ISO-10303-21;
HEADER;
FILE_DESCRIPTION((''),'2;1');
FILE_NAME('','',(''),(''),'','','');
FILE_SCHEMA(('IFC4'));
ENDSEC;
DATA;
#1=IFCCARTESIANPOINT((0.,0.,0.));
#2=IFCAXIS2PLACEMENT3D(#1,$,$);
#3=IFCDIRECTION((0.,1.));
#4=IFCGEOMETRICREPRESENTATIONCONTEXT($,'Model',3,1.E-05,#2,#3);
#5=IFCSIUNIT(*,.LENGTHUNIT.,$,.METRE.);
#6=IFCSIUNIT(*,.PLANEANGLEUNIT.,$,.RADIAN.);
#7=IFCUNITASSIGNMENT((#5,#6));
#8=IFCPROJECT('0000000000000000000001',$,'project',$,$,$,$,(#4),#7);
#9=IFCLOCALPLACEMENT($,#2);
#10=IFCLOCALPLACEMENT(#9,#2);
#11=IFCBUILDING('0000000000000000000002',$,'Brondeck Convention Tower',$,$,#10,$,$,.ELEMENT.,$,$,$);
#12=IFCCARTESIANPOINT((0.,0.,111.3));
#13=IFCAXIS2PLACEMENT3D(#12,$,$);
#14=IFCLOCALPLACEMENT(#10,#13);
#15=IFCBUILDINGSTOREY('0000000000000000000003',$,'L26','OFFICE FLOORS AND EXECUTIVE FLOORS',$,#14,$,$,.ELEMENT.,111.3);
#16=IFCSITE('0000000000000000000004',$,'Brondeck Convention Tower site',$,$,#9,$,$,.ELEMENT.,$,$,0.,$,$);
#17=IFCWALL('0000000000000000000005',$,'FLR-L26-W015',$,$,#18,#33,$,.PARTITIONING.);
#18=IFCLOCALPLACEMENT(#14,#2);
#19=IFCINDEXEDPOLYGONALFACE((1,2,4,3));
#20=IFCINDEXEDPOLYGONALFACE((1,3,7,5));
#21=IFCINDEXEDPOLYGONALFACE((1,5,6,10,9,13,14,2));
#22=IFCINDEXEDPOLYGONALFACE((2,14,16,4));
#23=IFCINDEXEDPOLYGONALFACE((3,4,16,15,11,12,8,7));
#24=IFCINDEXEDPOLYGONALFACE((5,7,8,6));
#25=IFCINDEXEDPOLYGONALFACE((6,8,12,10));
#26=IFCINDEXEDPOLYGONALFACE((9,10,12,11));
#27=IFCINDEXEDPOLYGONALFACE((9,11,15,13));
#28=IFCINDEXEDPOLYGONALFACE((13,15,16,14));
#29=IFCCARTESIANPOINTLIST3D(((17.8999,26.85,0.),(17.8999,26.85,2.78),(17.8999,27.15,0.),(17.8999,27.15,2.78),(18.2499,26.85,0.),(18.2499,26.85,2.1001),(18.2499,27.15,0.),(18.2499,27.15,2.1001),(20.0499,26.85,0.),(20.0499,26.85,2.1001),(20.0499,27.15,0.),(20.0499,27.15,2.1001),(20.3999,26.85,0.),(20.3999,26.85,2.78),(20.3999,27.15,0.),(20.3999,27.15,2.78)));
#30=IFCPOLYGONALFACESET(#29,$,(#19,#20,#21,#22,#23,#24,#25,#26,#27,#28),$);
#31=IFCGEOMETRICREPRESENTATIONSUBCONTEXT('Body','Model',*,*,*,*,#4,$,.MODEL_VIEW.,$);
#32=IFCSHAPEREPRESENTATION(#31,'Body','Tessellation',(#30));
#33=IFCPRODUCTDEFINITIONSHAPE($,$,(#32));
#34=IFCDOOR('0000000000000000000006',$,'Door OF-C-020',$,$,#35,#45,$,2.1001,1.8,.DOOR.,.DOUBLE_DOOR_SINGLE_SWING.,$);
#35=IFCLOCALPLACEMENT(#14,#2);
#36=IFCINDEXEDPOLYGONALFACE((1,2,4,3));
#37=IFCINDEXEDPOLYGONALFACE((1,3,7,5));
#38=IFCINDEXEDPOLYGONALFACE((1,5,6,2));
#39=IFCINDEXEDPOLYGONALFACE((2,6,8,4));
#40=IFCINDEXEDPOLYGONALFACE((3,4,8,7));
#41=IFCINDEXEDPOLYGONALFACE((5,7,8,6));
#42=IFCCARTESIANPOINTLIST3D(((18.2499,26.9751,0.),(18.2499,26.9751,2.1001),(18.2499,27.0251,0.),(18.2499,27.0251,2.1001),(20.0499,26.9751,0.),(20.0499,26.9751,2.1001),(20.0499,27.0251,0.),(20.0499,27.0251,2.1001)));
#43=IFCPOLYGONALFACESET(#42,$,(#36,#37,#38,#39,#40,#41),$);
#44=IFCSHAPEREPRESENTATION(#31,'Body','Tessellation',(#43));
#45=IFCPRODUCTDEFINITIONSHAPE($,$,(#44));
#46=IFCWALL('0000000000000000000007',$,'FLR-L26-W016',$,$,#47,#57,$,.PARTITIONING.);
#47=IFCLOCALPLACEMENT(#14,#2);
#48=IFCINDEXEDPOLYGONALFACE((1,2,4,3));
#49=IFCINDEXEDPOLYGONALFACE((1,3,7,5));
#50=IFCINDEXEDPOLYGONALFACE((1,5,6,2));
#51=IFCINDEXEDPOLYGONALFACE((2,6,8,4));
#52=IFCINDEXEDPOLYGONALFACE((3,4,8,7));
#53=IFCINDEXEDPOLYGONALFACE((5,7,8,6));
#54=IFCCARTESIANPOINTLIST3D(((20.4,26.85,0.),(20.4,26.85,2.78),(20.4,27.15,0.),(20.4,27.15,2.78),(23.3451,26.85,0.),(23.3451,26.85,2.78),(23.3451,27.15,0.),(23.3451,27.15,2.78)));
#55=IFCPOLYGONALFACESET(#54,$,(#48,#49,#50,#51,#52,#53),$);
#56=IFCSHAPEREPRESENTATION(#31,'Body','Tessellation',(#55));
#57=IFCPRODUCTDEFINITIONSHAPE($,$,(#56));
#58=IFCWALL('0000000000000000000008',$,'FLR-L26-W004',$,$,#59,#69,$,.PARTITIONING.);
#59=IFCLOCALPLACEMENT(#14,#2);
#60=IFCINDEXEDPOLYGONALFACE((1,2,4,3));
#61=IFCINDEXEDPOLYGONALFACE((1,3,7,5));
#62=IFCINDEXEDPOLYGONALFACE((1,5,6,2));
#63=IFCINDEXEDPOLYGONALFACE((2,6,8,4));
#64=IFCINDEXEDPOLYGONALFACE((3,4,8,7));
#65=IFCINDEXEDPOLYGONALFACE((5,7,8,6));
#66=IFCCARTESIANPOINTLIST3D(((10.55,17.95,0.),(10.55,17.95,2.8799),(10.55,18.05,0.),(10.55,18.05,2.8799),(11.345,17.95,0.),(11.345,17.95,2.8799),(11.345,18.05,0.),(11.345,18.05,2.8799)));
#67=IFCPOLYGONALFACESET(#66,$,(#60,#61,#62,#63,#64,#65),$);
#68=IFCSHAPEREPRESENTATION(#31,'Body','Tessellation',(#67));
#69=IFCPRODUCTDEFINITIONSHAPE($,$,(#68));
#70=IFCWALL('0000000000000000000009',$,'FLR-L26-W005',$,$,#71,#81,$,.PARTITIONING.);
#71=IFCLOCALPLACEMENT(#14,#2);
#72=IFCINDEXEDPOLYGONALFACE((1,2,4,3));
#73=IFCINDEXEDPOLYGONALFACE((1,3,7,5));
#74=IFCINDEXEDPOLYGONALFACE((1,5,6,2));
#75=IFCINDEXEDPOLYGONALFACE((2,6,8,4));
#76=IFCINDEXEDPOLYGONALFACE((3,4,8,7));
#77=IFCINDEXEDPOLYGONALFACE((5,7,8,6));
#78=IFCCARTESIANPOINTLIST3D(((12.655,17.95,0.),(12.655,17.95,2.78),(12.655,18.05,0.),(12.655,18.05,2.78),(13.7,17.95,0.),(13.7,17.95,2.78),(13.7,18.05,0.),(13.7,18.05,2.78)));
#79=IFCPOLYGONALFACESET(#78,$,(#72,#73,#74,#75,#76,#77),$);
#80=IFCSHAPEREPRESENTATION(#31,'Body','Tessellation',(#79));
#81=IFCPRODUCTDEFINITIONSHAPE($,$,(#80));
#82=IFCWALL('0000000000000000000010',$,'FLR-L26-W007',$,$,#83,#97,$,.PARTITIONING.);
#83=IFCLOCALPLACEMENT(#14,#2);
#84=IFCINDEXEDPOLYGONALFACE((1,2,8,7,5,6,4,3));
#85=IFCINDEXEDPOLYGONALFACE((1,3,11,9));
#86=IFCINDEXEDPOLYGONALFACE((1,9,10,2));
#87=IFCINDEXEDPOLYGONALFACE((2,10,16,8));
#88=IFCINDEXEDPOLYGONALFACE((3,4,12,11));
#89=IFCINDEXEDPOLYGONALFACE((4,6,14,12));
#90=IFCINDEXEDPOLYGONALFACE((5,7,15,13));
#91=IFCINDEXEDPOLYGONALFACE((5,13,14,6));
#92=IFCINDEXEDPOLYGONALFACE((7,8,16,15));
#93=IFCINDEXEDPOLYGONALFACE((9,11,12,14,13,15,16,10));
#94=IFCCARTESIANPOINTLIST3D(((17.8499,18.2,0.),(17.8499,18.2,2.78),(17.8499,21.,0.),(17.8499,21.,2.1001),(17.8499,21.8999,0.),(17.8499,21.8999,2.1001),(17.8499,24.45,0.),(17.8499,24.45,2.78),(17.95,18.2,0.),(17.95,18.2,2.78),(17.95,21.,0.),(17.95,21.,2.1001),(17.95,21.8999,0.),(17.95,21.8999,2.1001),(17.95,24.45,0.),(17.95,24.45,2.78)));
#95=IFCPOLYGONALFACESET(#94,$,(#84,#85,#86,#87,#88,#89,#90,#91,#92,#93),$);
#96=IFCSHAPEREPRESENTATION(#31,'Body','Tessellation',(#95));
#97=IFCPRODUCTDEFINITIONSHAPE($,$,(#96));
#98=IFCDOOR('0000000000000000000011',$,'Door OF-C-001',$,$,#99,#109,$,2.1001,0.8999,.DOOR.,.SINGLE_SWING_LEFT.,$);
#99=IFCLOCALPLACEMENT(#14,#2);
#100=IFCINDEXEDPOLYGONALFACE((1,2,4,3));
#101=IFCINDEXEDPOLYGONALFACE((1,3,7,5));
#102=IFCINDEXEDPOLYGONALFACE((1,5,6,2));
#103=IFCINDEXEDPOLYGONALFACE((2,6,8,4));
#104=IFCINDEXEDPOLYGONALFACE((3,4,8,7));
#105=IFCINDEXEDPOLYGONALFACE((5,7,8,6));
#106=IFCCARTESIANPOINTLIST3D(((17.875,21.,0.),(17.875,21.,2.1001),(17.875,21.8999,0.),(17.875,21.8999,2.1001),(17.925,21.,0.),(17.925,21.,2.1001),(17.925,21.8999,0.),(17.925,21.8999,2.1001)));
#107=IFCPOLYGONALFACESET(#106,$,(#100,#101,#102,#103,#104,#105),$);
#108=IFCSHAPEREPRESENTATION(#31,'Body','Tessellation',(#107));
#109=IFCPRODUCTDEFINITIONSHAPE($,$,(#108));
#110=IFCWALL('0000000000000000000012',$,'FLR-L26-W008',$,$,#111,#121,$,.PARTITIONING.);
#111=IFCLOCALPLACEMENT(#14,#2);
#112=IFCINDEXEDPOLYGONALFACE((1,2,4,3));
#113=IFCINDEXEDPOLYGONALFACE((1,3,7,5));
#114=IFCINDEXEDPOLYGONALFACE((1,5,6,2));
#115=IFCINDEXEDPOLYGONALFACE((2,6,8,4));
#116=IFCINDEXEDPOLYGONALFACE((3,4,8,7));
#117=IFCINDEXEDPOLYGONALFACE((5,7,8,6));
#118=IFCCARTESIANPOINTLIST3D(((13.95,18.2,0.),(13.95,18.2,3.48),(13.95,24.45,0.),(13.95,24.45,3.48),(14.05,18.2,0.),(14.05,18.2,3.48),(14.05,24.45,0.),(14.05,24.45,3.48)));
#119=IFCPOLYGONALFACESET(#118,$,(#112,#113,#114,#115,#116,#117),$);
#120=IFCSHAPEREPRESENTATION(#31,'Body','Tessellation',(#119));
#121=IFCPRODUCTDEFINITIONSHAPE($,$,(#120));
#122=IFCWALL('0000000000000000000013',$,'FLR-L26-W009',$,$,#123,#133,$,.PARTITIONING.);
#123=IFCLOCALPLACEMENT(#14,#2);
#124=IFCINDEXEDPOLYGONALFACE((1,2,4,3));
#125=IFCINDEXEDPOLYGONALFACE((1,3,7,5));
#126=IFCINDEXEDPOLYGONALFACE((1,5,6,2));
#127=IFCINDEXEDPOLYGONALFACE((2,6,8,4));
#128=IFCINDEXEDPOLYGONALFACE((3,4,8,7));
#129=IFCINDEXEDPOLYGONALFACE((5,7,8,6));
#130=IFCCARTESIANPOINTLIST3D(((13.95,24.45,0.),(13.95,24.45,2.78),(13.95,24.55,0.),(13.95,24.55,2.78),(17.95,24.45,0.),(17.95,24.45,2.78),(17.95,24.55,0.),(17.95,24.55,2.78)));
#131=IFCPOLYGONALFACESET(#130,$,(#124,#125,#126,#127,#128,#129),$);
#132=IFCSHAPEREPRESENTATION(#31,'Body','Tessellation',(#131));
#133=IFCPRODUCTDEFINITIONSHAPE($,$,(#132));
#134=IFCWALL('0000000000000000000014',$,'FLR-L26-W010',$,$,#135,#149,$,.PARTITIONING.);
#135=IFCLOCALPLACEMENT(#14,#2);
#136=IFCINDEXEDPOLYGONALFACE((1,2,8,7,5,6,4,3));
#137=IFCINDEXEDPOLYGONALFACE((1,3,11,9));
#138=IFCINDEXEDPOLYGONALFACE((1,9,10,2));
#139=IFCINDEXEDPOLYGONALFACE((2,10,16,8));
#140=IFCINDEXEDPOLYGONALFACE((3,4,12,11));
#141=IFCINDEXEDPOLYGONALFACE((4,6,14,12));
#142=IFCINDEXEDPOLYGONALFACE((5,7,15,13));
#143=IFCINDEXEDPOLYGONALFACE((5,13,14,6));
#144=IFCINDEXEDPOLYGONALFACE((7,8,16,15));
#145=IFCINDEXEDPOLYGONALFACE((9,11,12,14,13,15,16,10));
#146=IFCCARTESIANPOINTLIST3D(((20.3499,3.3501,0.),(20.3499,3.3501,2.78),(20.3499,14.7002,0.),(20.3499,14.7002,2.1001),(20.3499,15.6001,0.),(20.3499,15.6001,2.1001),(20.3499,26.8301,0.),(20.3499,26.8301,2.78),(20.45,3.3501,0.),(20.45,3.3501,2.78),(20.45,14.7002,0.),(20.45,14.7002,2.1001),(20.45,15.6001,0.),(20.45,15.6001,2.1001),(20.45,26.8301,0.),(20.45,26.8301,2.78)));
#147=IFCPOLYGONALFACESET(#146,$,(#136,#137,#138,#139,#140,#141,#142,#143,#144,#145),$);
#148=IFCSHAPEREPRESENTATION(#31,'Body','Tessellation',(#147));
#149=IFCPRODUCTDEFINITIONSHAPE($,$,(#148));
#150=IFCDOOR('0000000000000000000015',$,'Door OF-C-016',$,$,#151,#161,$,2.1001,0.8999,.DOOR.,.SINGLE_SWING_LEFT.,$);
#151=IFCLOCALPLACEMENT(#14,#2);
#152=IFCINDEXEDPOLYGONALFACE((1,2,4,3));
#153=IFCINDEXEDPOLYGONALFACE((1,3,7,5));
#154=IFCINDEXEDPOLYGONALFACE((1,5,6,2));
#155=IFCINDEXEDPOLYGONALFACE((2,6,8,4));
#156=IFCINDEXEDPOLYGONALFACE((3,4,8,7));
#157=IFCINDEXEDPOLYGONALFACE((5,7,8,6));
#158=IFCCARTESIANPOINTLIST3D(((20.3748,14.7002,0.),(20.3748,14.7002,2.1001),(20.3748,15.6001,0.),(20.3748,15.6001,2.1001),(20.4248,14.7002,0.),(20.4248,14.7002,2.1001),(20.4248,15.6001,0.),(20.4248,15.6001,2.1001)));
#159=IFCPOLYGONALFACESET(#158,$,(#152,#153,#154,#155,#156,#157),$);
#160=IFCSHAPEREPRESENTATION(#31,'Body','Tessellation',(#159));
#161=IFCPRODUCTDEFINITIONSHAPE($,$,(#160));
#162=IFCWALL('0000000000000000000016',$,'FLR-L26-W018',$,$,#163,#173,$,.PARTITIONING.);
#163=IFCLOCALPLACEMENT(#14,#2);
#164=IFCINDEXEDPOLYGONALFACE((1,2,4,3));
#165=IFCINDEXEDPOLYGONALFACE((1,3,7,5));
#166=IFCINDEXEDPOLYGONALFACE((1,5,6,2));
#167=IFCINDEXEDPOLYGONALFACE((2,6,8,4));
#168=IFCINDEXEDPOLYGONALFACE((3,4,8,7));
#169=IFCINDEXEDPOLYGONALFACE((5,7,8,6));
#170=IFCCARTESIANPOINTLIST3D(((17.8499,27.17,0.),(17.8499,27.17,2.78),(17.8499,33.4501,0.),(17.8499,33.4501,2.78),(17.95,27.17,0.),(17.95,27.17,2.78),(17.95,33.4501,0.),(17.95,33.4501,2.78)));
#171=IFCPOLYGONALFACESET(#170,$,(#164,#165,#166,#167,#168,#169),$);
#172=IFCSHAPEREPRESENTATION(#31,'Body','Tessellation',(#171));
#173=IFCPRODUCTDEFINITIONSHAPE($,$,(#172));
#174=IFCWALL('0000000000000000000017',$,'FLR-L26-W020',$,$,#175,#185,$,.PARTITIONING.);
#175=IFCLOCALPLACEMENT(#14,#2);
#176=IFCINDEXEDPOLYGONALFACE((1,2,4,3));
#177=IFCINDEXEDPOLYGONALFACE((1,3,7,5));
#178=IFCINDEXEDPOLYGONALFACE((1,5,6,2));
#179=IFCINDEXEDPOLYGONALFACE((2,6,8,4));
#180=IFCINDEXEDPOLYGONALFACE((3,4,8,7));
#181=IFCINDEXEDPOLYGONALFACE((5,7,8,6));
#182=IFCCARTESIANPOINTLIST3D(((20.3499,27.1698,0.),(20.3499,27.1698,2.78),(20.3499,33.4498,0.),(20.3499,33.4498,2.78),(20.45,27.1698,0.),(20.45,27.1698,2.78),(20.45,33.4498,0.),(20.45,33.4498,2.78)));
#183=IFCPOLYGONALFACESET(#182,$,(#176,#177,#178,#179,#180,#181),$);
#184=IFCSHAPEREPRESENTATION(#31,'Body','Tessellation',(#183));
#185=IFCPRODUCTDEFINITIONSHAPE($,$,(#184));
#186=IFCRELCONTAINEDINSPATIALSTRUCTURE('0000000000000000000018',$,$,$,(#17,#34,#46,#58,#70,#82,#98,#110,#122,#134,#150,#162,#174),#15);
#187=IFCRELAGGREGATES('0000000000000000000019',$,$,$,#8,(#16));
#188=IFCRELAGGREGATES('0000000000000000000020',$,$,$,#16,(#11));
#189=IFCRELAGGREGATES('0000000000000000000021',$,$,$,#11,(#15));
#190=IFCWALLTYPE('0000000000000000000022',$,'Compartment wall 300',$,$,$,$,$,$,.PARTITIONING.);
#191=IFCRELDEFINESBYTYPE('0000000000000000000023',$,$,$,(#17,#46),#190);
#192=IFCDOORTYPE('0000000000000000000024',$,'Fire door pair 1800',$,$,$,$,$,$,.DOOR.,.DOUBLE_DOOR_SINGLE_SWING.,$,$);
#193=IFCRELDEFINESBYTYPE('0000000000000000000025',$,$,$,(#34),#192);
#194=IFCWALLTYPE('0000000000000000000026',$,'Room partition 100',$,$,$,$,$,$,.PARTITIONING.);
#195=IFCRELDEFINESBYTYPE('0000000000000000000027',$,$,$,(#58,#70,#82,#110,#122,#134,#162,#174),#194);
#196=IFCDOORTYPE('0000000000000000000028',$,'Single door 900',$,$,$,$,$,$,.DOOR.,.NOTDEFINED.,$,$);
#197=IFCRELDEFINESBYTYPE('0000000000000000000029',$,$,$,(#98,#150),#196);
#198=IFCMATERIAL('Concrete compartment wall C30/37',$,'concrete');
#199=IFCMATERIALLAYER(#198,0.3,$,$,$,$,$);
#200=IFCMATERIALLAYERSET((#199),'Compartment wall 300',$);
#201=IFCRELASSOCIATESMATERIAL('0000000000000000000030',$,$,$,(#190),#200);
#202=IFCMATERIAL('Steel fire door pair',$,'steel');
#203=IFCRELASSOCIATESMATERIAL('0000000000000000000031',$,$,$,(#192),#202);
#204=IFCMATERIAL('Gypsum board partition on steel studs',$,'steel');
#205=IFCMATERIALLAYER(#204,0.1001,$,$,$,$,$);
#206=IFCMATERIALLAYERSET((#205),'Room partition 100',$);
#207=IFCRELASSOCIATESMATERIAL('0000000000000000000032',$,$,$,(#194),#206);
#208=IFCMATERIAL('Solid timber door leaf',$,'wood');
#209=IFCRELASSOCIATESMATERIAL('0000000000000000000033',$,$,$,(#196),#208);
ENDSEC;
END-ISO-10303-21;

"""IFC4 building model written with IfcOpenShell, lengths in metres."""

from ifc_helpers import new_model, si_unit, direction, frame, frame_2d, origin, place, context, subcontext, project, spatial, rectangle, extrude, material, layer, layer_set, type_object, element, fill, save


model = new_model("IFC4")

# Units and contexts
model_context = context("Model", 3, precision=1e-05, world=origin(), true_north=direction((0.0, 1.0)))
body_context = subcontext(model_context, "Body", "Model", "MODEL_VIEW")
ifc_project = project(units=[si_unit("LENGTHUNIT", "METRE"), si_unit("PLANEANGLEUNIT", "RADIAN")], contexts=[model_context])

# Site, building, storey
site_placement = place(None, origin())
site = spatial("IfcSite", under=ifc_project, at=site_placement, Name="Brondeck Convention Tower site", CompositionType="ELEMENT", RefElevation=0.0)
building_placement = place(site_placement, origin())
building = spatial("IfcBuilding", under=site, at=building_placement, Name="Brondeck Convention Tower", CompositionType="ELEMENT")
storey_placement = place(building_placement, frame((0.0, 0.0, 111.3)))
storey = spatial("IfcBuildingStorey", under=building, at=storey_placement, Name="L26", Description="OFFICE FLOORS AND EXECUTIVE FLOORS", CompositionType="ELEMENT", Elevation=111.3)

# Shared definitions
ifc_material_1 = material(Name="Concrete compartment wall C30/37", Category="concrete")
ifc_layer_1 = layer(ifc_material_1, 0.3)
ifc_layer_set_1 = layer_set([ifc_layer_1], Name="Compartment wall 300")
wall_type_1 = type_object("IfcWallType", Name="Compartment wall 300", PredefinedType="PARTITIONING", material=ifc_layer_set_1)

# Wall, opening, door
wall_1_placement = place(storey_placement, frame((20.3999, 27.0, 0.0), z_axis=(0.0, 0.0, 1.0), x_axis=(-1.0, 0.0, 0.0)))
wall_1 = element("IfcWall", 1, at=wall_1_placement, inside=storey, type_object=wall_type_1, Name="FLR-L26-W015", PredefinedType="PARTITIONING", context=body_context, shape_type="SweptSolid", body=[
    extrude(rectangle(XDim=2.5, YDim=0.3, at=frame_2d((1.25, 0.0))), origin(), (0.0, 0.0, 1.0), 2.78),
])
opening_1_placement = place(wall_1_placement, frame((0.3501, 0.0, 0.0)))
opening_1 = element("IfcOpeningElement", 2, at=opening_1_placement, cuts=wall_1, PredefinedType="OPENING", context=body_context, shape_type="SweptSolid", body=[
    extrude(rectangle(XDim=1.8, YDim=2.1001, at=frame_2d((0.8999, 1.05))), frame((0.0, 0.1599, 0.0), z_axis=(0.0, -1.0, 0.0), x_axis=(1.0, 0.0, 0.0)), (0.0, 0.0, 1.0), 0.3201),
])
ifc_material_2 = material(Name="Steel fire door pair", Category="steel")
door_type_1 = type_object("IfcDoorType", Name="Fire door pair 1800", OperationType="DOUBLE_DOOR_SINGLE_SWING", PredefinedType="DOOR", material=ifc_material_2)
door_1_placement = place(opening_1_placement, origin())
door_1 = element("IfcDoor", 3, at=door_1_placement, inside=storey, type_object=door_type_1, Name="Door OF-C-020", OperationType="DOUBLE_DOOR_SINGLE_SWING", OverallHeight=2.1001, OverallWidth=1.8, PredefinedType="DOOR", context=body_context, shape_type="SweptSolid", body=[
    extrude(rectangle(XDim=1.8, YDim=2.1001, at=frame_2d((0.8999, 1.05))), frame((0.0, 0.0249, 0.0), z_axis=(0.0, -1.0, 0.0), x_axis=(1.0, 0.0, 0.0)), (0.0, 0.0, 1.0), 0.05),
])
fill(opening_1, door_1)

# Walls
wall_2_placement = place(storey_placement, frame((20.3999, 27.0, 0.0), z_axis=(0.0, 0.0, 1.0), x_axis=(1.0, 0.0, 0.0)))
element("IfcWall", 4, at=wall_2_placement, inside=storey, type_object=wall_type_1, Name="FLR-L26-W016", PredefinedType="PARTITIONING", context=body_context, shape_type="SweptSolid", body=[
    extrude(rectangle(XDim=2.9451, YDim=0.3, at=frame_2d((1.4727, 0.0))), origin(), (0.0, 0.0, 1.0), 2.78),
])
ifc_material_3 = material(Name="Gypsum board partition on steel studs", Category="steel")
ifc_layer_2 = layer(ifc_material_3, 0.1001)
ifc_layer_set_2 = layer_set([ifc_layer_2], Name="Room partition 100")
wall_type_2 = type_object("IfcWallType", Name="Room partition 100", PredefinedType="PARTITIONING", material=ifc_layer_set_2)
wall_3_placement = place(storey_placement, frame((11.345, 18.0, 0.0), z_axis=(0.0, 0.0, 1.0), x_axis=(-1.0, 0.0, 0.0)))
element("IfcWall", 5, at=wall_3_placement, inside=storey, type_object=wall_type_2, Name="FLR-L26-W004", PredefinedType="PARTITIONING", context=body_context, shape_type="SweptSolid", body=[
    extrude(rectangle(XDim=0.7949, YDim=0.1001, at=frame_2d((0.3975, 0.0))), origin(), (0.0, 0.0, 1.0), 2.8799),
])
wall_4_placement = place(storey_placement, frame((13.7, 18.0, 0.0), z_axis=(0.0, 0.0, 1.0), x_axis=(-1.0, 0.0, 0.0)))
element("IfcWall", 6, at=wall_4_placement, inside=storey, type_object=wall_type_2, Name="FLR-L26-W005", PredefinedType="PARTITIONING", context=body_context, shape_type="SweptSolid", body=[
    extrude(rectangle(XDim=1.0449, YDim=0.1001, at=frame_2d((0.5225, 0.0))), origin(), (0.0, 0.0, 1.0), 2.78),
])

# Wall, opening, door
wall_5_placement = place(storey_placement, frame((17.8999, 18.2, 0.0), z_axis=(0.0, 0.0, 1.0), x_axis=(0.0, 1.0, 0.0)))
wall_5 = element("IfcWall", 7, at=wall_5_placement, inside=storey, type_object=wall_type_2, Name="FLR-L26-W007", PredefinedType="PARTITIONING", context=body_context, shape_type="SweptSolid", body=[
    extrude(rectangle(XDim=6.25, YDim=0.1001, at=frame_2d((3.125, 0.0))), origin(), (0.0, 0.0, 1.0), 2.78),
])
opening_2_placement = place(wall_5_placement, frame((2.8, 0.0, 0.0)))
opening_2 = element("IfcOpeningElement", 8, at=opening_2_placement, cuts=wall_5, PredefinedType="OPENING", context=body_context, shape_type="SweptSolid", body=[
    extrude(rectangle(XDim=0.8999, YDim=2.1001, at=frame_2d((0.45, 1.05))), frame((0.0, 0.0601, 0.0), z_axis=(0.0, -1.0, 0.0), x_axis=(1.0, 0.0, 0.0)), (0.0, 0.0, 1.0), 0.1201),
])
ifc_material_4 = material(Name="Solid timber door leaf", Category="wood")
door_type_2 = type_object("IfcDoorType", Name="Single door 900", OperationType="NOTDEFINED", PredefinedType="DOOR", material=ifc_material_4)
door_2_placement = place(opening_2_placement, origin())
door_2 = element("IfcDoor", 9, at=door_2_placement, inside=storey, type_object=door_type_2, Name="Door OF-C-001", OperationType="SINGLE_SWING_LEFT", OverallHeight=2.1001, OverallWidth=0.8999, PredefinedType="DOOR", context=body_context, shape_type="SweptSolid", body=[
    extrude(rectangle(XDim=0.8999, YDim=2.1001, at=frame_2d((0.45, 1.05))), frame((0.0, 0.0249, 0.0), z_axis=(0.0, -1.0, 0.0), x_axis=(1.0, 0.0, 0.0)), (0.0, 0.0, 1.0), 0.05),
])
fill(opening_2, door_2)

# Walls
wall_6_placement = place(storey_placement, frame((14.0, 24.45, 0.0), z_axis=(0.0, 0.0, 1.0), x_axis=(0.0, -1.0, 0.0)))
element("IfcWall", 10, at=wall_6_placement, inside=storey, type_object=wall_type_2, Name="FLR-L26-W008", PredefinedType="PARTITIONING", context=body_context, shape_type="SweptSolid", body=[
    extrude(rectangle(XDim=6.25, YDim=0.1001, at=frame_2d((3.125, 0.0))), origin(), (0.0, 0.0, 1.0), 3.48),
])
wall_7_placement = place(storey_placement, frame((17.95, 24.5, 0.0), z_axis=(0.0, 0.0, 1.0), x_axis=(-1.0, 0.0, 0.0)))
element("IfcWall", 11, at=wall_7_placement, inside=storey, type_object=wall_type_2, Name="FLR-L26-W009", PredefinedType="PARTITIONING", context=body_context, shape_type="SweptSolid", body=[
    extrude(rectangle(XDim=4.0, YDim=0.1001, at=frame_2d((2.0, 0.0))), origin(), (0.0, 0.0, 1.0), 2.78),
])

# Wall, opening, door
wall_8_placement = place(storey_placement, frame((20.3999, 26.8301, 0.0), z_axis=(0.0, 0.0, 1.0), x_axis=(0.0, -1.0, 0.0)))
wall_8 = element("IfcWall", 12, at=wall_8_placement, inside=storey, type_object=wall_type_2, Name="FLR-L26-W010", PredefinedType="PARTITIONING", context=body_context, shape_type="SweptSolid", body=[
    extrude(rectangle(XDim=23.48, YDim=0.1001, at=frame_2d((11.74, 0.0))), origin(), (0.0, 0.0, 1.0), 2.78),
])
opening_3_placement = place(wall_8_placement, frame((11.23, 0.0, 0.0)))
opening_3 = element("IfcOpeningElement", 13, at=opening_3_placement, cuts=wall_8, PredefinedType="OPENING", context=body_context, shape_type="SweptSolid", body=[
    extrude(rectangle(XDim=0.8999, YDim=2.1001, at=frame_2d((0.45, 1.05))), frame((0.0, 0.0601, 0.0), z_axis=(0.0, -1.0, 0.0), x_axis=(1.0, 0.0, 0.0)), (0.0, 0.0, 1.0), 0.1201),
])
door_3_placement = place(opening_3_placement, origin())
door_3 = element("IfcDoor", 14, at=door_3_placement, inside=storey, type_object=door_type_2, Name="Door OF-C-016", OperationType="SINGLE_SWING_LEFT", OverallHeight=2.1001, OverallWidth=0.8999, PredefinedType="DOOR", context=body_context, shape_type="SweptSolid", body=[
    extrude(rectangle(XDim=0.8999, YDim=2.1001, at=frame_2d((0.45, 1.05))), frame((0.0, 0.0249, 0.0), z_axis=(0.0, -1.0, 0.0), x_axis=(1.0, 0.0, 0.0)), (0.0, 0.0, 1.0), 0.05),
])
fill(opening_3, door_3)

# Walls
for number, where, z_axis, x_axis, name in (
    (15, (17.8999, 27.1699, 0.0), (0.0, 0.0, 1.0), (0.0, 1.0, 0.0), "FLR-L26-W018"),
    (16, (20.3999, 33.45, 0.0), (0.0, 0.0, 1.0), (0.0, -1.0, 0.0), "FLR-L26-W020"),
):
    element("IfcWall", number, at=place(storey_placement, frame(where, z_axis=z_axis, x_axis=x_axis)), inside=storey, type_object=wall_type_2, Name=name, PredefinedType="PARTITIONING", context=body_context, shape_type="SweptSolid", body=[
        extrude(rectangle(XDim=6.28, YDim=0.1001, at=frame_2d((3.1401, 0.0))), origin(), (0.0, 0.0, 1.0), 2.78),
    ])

save(model, "model.ifc")
